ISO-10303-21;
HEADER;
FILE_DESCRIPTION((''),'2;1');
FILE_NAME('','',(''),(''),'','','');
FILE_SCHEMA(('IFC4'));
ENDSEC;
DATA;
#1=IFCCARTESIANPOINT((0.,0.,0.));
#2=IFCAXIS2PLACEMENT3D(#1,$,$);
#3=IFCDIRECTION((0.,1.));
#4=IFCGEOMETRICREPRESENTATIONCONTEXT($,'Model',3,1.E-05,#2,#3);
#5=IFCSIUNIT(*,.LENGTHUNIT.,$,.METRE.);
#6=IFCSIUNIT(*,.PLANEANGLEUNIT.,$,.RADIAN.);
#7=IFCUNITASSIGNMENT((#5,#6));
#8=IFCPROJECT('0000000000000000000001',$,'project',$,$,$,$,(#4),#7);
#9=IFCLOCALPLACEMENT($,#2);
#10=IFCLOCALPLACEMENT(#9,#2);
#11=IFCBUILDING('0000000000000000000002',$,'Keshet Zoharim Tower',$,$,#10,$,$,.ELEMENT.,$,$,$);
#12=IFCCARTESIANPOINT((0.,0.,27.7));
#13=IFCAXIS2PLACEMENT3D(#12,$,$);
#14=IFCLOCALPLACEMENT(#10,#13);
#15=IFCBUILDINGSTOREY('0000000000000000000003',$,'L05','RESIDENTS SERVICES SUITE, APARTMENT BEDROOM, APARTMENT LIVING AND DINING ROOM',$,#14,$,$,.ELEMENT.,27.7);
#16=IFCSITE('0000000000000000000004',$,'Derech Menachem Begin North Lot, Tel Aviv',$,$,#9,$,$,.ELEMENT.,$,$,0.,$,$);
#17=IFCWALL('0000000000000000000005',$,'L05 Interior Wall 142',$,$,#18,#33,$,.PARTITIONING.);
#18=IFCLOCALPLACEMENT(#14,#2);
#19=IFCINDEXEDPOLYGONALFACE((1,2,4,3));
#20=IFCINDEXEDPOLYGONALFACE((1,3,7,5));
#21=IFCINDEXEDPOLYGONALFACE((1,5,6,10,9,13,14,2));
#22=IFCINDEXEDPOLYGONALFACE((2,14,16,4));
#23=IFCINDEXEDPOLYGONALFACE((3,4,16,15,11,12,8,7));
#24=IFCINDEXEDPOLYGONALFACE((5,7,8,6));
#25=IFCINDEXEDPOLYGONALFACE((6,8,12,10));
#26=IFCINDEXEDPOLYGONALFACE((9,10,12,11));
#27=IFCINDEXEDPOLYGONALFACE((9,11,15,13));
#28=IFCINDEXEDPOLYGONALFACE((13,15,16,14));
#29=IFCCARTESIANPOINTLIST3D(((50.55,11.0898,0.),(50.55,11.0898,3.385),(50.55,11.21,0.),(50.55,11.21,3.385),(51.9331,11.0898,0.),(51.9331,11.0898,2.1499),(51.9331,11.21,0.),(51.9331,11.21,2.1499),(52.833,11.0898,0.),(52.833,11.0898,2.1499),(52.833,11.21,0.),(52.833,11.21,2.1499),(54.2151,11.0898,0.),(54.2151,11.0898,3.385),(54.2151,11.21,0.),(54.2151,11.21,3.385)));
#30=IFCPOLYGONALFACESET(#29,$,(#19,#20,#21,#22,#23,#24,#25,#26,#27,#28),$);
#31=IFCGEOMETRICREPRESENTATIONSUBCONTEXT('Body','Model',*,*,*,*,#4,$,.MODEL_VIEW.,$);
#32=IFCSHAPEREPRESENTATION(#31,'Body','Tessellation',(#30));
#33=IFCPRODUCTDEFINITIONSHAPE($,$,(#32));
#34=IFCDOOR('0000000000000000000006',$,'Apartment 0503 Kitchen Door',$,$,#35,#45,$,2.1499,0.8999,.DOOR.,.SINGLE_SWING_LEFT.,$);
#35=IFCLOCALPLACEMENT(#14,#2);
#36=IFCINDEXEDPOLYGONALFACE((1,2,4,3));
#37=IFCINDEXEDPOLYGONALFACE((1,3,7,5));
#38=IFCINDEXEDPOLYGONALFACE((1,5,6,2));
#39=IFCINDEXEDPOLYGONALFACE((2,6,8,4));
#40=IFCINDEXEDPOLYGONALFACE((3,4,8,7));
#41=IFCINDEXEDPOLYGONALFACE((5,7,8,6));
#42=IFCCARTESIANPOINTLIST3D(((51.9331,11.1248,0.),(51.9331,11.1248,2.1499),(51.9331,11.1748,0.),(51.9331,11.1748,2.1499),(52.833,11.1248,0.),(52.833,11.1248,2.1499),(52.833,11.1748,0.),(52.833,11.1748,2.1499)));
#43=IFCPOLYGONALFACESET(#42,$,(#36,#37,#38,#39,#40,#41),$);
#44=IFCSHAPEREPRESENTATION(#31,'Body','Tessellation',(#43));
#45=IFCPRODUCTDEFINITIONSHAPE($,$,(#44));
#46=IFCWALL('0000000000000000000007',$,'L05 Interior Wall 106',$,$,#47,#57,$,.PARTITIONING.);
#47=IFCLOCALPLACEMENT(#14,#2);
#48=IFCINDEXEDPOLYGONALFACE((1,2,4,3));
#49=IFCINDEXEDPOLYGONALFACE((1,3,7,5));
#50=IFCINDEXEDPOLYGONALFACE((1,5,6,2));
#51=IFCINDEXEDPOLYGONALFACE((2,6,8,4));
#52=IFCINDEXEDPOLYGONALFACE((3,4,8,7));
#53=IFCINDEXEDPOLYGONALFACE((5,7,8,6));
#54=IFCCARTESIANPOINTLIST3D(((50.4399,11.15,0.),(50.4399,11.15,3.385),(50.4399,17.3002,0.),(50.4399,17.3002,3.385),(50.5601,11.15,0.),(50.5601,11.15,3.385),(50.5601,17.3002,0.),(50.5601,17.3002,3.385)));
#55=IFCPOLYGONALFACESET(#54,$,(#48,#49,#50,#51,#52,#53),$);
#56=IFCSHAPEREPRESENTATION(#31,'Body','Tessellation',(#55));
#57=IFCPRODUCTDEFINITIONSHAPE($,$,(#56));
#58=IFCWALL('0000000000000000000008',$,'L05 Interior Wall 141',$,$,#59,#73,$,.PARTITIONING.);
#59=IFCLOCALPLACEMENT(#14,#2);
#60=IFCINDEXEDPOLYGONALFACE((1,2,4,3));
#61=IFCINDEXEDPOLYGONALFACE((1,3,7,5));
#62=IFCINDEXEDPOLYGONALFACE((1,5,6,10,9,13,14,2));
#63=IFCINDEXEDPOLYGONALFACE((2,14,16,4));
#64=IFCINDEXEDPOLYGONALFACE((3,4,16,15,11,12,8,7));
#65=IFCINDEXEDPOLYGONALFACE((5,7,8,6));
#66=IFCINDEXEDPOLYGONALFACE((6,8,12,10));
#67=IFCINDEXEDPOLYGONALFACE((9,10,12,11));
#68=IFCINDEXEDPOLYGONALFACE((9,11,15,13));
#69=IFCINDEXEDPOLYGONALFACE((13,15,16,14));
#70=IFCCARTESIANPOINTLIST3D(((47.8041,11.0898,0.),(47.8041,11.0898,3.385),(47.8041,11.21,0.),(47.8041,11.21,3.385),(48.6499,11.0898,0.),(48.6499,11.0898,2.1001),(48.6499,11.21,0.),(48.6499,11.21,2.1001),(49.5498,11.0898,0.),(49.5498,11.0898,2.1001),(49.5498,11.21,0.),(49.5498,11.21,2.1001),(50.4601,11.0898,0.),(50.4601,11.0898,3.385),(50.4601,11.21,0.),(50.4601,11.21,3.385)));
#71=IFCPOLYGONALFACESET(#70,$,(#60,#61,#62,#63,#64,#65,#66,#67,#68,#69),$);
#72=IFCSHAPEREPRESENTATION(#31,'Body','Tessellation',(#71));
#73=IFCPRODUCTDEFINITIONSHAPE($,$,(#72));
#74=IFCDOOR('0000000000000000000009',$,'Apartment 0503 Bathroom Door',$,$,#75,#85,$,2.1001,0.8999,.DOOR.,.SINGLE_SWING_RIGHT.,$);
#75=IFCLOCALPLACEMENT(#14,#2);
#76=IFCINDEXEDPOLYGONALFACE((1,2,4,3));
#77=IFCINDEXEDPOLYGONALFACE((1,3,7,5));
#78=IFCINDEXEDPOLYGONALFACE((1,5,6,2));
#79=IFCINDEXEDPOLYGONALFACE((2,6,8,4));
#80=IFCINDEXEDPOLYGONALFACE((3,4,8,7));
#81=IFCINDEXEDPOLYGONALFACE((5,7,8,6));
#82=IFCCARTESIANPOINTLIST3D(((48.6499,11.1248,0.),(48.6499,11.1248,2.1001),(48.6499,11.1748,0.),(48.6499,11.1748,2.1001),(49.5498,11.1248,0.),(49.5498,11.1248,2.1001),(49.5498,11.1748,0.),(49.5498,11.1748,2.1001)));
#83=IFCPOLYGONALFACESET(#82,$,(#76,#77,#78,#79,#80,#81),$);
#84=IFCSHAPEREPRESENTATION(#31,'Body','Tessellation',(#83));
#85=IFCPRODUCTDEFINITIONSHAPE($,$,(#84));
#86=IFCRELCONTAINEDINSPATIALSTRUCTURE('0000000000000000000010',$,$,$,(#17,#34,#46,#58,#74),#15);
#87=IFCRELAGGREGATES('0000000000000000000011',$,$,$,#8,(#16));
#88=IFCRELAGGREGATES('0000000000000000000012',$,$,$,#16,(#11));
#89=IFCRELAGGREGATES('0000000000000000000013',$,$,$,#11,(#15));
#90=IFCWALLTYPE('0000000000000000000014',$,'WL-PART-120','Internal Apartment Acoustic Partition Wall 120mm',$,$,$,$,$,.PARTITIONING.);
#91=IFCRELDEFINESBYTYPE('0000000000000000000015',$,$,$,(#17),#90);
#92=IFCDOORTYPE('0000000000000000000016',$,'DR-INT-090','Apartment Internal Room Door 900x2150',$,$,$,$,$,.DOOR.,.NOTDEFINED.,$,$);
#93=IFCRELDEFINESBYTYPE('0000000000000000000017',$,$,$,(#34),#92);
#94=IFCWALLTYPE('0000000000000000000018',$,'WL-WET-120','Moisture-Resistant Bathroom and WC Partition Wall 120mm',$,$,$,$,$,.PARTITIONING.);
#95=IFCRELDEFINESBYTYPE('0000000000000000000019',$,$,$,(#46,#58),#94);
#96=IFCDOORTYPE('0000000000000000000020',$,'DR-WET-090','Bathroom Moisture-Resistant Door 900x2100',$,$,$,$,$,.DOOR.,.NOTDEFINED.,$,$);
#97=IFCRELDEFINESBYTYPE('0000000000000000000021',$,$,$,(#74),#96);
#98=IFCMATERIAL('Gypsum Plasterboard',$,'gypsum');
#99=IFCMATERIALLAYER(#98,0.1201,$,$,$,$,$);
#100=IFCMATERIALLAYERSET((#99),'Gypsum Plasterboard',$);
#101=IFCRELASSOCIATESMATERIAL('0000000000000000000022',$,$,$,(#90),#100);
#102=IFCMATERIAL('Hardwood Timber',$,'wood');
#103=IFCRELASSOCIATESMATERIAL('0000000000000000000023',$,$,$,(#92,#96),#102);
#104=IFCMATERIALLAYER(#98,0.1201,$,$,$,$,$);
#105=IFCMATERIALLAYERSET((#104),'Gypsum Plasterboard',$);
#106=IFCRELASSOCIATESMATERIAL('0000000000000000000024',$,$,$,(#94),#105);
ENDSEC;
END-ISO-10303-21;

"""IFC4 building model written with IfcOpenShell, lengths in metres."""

from ifc_helpers import new_model, si_unit, direction, frame, frame_2d, origin, place, context, subcontext, project, spatial, rectangle, extrude, material, layer, layer_set, type_object, element, fill, save


model = new_model("IFC4")

# Units and contexts
model_context = context("Model", 3, precision=1e-05, world=origin(), true_north=direction((0.0, 1.0)))
body_context = subcontext(model_context, "Body", "Model", "MODEL_VIEW")
ifc_project = project(units=[si_unit("LENGTHUNIT", "METRE"), si_unit("PLANEANGLEUNIT", "RADIAN")], contexts=[model_context])

# Site, building, storey
site_placement = place(None, origin())
site = spatial("IfcSite", under=ifc_project, at=site_placement, Name="Derech Menachem Begin North Lot, Tel Aviv", CompositionType="ELEMENT", RefElevation=0.0)
building_placement = place(site_placement, origin())
building = spatial("IfcBuilding", under=site, at=building_placement, Name="Keshet Zoharim Tower", CompositionType="ELEMENT")
storey_placement = place(building_placement, frame((0.0, 0.0, 27.7)))
storey = spatial("IfcBuildingStorey", under=building, at=storey_placement, Name="L05", Description="RESIDENTS SERVICES SUITE, APARTMENT BEDROOM, APARTMENT LIVING AND DINING ROOM", CompositionType="ELEMENT", Elevation=27.7)

# Shared definitions
ifc_material_1 = material(Name="Gypsum Plasterboard", Category="gypsum")

# Shared definitions
ifc_material_2 = material(Name="Hardwood Timber", Category="wood")

# Shared definitions
ifc_layer_1 = layer(ifc_material_1, 0.1201)
ifc_layer_set_1 = layer_set([ifc_layer_1], Name="Gypsum Plasterboard")
wall_type_1 = type_object("IfcWallType", Name="WL-PART-120", Description="Internal Apartment Acoustic Partition Wall 120mm", PredefinedType="PARTITIONING", material=ifc_layer_set_1)

# Shared definitions
door_type_1 = type_object("IfcDoorType", Name="DR-INT-090", Description="Apartment Internal Room Door 900x2150", OperationType="NOTDEFINED", PredefinedType="DOOR", material=ifc_material_2)

# Wall, opening, door
wall_1_placement = place(storey_placement, frame((50.55, 11.1499, 0.0), z_axis=(0.0, 0.0, 1.0), x_axis=(1.0, 0.0, 0.0)))
wall_1 = element("IfcWall", 1, at=wall_1_placement, inside=storey, type_object=wall_type_1, Name="L05 Interior Wall 142", PredefinedType="PARTITIONING", context=body_context, shape_type="SweptSolid", body=[
    extrude(rectangle(XDim=3.665, YDim=0.1201, at=frame_2d((1.8325, 0.0))), origin(), (0.0, 0.0, 1.0), 3.385),
])
opening_1_placement = place(wall_1_placement, frame((1.3831, 0.0, 0.0)))
opening_1 = element("IfcOpeningElement", 2, at=opening_1_placement, cuts=wall_1, PredefinedType="OPENING", context=body_context, shape_type="SweptSolid", body=[
    extrude(rectangle(XDim=0.8999, YDim=2.1499, at=frame_2d((0.45, 1.075))), frame((0.0, 0.0701, 0.0), z_axis=(0.0, -1.0, 0.0), x_axis=(1.0, 0.0, 0.0)), (0.0, 0.0, 1.0), 0.1401),
])
door_1_placement = place(opening_1_placement, origin())
door_1 = element("IfcDoor", 3, at=door_1_placement, inside=storey, type_object=door_type_1, Name="Apartment 0503 Kitchen Door", OperationType="SINGLE_SWING_LEFT", OverallHeight=2.1499, OverallWidth=0.8999, PredefinedType="DOOR", context=body_context, shape_type="SweptSolid", body=[
    extrude(rectangle(XDim=0.8999, YDim=2.1499, at=frame_2d((0.45, 1.075))), frame((0.0, 0.0249, 0.0), z_axis=(0.0, -1.0, 0.0), x_axis=(1.0, 0.0, 0.0)), (0.0, 0.0, 1.0), 0.05),
])
fill(opening_1, door_1)

# Wall
ifc_layer_2 = layer(ifc_material_1, 0.1201)
ifc_layer_set_2 = layer_set([ifc_layer_2], Name="Gypsum Plasterboard")
wall_type_2 = type_object("IfcWallType", Name="WL-WET-120", Description="Moisture-Resistant Bathroom and WC Partition Wall 120mm", PredefinedType="PARTITIONING", material=ifc_layer_set_2)
wall_2_placement = place(storey_placement, frame((50.5, 11.1499, 0.0), z_axis=(0.0, 0.0, 1.0), x_axis=(0.0, 1.0, 0.0)))
element("IfcWall", 4, at=wall_2_placement, inside=storey, type_object=wall_type_2, Name="L05 Interior Wall 106", PredefinedType="PARTITIONING", context=body_context, shape_type="SweptSolid", body=[
    extrude(rectangle(XDim=6.1501, YDim=0.1201, at=frame_2d((3.0752, 0.0))), origin(), (0.0, 0.0, 1.0), 3.385),
])

# Wall, opening, door
wall_3_placement = place(storey_placement, frame((47.804, 11.1499, 0.0), z_axis=(0.0, 0.0, 1.0), x_axis=(1.0, 0.0, 0.0)))
wall_3 = element("IfcWall", 5, at=wall_3_placement, inside=storey, type_object=wall_type_2, Name="L05 Interior Wall 141", PredefinedType="PARTITIONING", context=body_context, shape_type="SweptSolid", body=[
    extrude(rectangle(XDim=2.656, YDim=0.1201, at=frame_2d((1.3281, 0.0))), origin(), (0.0, 0.0, 1.0), 3.385),
])
opening_2_placement = place(wall_3_placement, frame((0.8459, 0.0, 0.0)))
opening_2 = element("IfcOpeningElement", 6, at=opening_2_placement, cuts=wall_3, PredefinedType="OPENING", context=body_context, shape_type="SweptSolid", body=[
    extrude(rectangle(XDim=0.8999, YDim=2.1001, at=frame_2d((0.45, 1.05))), frame((0.0, 0.0701, 0.0), z_axis=(0.0, -1.0, 0.0), x_axis=(1.0, 0.0, 0.0)), (0.0, 0.0, 1.0), 0.1401),
])
door_type_2 = type_object("IfcDoorType", Name="DR-WET-090", Description="Bathroom Moisture-Resistant Door 900x2100", OperationType="NOTDEFINED", PredefinedType="DOOR", material=ifc_material_2)
door_2_placement = place(opening_2_placement, origin())
door_2 = element("IfcDoor", 7, at=door_2_placement, inside=storey, type_object=door_type_2, Name="Apartment 0503 Bathroom Door", OperationType="SINGLE_SWING_RIGHT", OverallHeight=2.1001, OverallWidth=0.8999, PredefinedType="DOOR", context=body_context, shape_type="SweptSolid", body=[
    extrude(rectangle(XDim=0.8999, YDim=2.1001, at=frame_2d((0.45, 1.05))), frame((0.0, 0.0249, 0.0), z_axis=(0.0, -1.0, 0.0), x_axis=(1.0, 0.0, 0.0)), (0.0, 0.0, 1.0), 0.05),
])
fill(opening_2, door_2)

save(model, "model.ifc")
